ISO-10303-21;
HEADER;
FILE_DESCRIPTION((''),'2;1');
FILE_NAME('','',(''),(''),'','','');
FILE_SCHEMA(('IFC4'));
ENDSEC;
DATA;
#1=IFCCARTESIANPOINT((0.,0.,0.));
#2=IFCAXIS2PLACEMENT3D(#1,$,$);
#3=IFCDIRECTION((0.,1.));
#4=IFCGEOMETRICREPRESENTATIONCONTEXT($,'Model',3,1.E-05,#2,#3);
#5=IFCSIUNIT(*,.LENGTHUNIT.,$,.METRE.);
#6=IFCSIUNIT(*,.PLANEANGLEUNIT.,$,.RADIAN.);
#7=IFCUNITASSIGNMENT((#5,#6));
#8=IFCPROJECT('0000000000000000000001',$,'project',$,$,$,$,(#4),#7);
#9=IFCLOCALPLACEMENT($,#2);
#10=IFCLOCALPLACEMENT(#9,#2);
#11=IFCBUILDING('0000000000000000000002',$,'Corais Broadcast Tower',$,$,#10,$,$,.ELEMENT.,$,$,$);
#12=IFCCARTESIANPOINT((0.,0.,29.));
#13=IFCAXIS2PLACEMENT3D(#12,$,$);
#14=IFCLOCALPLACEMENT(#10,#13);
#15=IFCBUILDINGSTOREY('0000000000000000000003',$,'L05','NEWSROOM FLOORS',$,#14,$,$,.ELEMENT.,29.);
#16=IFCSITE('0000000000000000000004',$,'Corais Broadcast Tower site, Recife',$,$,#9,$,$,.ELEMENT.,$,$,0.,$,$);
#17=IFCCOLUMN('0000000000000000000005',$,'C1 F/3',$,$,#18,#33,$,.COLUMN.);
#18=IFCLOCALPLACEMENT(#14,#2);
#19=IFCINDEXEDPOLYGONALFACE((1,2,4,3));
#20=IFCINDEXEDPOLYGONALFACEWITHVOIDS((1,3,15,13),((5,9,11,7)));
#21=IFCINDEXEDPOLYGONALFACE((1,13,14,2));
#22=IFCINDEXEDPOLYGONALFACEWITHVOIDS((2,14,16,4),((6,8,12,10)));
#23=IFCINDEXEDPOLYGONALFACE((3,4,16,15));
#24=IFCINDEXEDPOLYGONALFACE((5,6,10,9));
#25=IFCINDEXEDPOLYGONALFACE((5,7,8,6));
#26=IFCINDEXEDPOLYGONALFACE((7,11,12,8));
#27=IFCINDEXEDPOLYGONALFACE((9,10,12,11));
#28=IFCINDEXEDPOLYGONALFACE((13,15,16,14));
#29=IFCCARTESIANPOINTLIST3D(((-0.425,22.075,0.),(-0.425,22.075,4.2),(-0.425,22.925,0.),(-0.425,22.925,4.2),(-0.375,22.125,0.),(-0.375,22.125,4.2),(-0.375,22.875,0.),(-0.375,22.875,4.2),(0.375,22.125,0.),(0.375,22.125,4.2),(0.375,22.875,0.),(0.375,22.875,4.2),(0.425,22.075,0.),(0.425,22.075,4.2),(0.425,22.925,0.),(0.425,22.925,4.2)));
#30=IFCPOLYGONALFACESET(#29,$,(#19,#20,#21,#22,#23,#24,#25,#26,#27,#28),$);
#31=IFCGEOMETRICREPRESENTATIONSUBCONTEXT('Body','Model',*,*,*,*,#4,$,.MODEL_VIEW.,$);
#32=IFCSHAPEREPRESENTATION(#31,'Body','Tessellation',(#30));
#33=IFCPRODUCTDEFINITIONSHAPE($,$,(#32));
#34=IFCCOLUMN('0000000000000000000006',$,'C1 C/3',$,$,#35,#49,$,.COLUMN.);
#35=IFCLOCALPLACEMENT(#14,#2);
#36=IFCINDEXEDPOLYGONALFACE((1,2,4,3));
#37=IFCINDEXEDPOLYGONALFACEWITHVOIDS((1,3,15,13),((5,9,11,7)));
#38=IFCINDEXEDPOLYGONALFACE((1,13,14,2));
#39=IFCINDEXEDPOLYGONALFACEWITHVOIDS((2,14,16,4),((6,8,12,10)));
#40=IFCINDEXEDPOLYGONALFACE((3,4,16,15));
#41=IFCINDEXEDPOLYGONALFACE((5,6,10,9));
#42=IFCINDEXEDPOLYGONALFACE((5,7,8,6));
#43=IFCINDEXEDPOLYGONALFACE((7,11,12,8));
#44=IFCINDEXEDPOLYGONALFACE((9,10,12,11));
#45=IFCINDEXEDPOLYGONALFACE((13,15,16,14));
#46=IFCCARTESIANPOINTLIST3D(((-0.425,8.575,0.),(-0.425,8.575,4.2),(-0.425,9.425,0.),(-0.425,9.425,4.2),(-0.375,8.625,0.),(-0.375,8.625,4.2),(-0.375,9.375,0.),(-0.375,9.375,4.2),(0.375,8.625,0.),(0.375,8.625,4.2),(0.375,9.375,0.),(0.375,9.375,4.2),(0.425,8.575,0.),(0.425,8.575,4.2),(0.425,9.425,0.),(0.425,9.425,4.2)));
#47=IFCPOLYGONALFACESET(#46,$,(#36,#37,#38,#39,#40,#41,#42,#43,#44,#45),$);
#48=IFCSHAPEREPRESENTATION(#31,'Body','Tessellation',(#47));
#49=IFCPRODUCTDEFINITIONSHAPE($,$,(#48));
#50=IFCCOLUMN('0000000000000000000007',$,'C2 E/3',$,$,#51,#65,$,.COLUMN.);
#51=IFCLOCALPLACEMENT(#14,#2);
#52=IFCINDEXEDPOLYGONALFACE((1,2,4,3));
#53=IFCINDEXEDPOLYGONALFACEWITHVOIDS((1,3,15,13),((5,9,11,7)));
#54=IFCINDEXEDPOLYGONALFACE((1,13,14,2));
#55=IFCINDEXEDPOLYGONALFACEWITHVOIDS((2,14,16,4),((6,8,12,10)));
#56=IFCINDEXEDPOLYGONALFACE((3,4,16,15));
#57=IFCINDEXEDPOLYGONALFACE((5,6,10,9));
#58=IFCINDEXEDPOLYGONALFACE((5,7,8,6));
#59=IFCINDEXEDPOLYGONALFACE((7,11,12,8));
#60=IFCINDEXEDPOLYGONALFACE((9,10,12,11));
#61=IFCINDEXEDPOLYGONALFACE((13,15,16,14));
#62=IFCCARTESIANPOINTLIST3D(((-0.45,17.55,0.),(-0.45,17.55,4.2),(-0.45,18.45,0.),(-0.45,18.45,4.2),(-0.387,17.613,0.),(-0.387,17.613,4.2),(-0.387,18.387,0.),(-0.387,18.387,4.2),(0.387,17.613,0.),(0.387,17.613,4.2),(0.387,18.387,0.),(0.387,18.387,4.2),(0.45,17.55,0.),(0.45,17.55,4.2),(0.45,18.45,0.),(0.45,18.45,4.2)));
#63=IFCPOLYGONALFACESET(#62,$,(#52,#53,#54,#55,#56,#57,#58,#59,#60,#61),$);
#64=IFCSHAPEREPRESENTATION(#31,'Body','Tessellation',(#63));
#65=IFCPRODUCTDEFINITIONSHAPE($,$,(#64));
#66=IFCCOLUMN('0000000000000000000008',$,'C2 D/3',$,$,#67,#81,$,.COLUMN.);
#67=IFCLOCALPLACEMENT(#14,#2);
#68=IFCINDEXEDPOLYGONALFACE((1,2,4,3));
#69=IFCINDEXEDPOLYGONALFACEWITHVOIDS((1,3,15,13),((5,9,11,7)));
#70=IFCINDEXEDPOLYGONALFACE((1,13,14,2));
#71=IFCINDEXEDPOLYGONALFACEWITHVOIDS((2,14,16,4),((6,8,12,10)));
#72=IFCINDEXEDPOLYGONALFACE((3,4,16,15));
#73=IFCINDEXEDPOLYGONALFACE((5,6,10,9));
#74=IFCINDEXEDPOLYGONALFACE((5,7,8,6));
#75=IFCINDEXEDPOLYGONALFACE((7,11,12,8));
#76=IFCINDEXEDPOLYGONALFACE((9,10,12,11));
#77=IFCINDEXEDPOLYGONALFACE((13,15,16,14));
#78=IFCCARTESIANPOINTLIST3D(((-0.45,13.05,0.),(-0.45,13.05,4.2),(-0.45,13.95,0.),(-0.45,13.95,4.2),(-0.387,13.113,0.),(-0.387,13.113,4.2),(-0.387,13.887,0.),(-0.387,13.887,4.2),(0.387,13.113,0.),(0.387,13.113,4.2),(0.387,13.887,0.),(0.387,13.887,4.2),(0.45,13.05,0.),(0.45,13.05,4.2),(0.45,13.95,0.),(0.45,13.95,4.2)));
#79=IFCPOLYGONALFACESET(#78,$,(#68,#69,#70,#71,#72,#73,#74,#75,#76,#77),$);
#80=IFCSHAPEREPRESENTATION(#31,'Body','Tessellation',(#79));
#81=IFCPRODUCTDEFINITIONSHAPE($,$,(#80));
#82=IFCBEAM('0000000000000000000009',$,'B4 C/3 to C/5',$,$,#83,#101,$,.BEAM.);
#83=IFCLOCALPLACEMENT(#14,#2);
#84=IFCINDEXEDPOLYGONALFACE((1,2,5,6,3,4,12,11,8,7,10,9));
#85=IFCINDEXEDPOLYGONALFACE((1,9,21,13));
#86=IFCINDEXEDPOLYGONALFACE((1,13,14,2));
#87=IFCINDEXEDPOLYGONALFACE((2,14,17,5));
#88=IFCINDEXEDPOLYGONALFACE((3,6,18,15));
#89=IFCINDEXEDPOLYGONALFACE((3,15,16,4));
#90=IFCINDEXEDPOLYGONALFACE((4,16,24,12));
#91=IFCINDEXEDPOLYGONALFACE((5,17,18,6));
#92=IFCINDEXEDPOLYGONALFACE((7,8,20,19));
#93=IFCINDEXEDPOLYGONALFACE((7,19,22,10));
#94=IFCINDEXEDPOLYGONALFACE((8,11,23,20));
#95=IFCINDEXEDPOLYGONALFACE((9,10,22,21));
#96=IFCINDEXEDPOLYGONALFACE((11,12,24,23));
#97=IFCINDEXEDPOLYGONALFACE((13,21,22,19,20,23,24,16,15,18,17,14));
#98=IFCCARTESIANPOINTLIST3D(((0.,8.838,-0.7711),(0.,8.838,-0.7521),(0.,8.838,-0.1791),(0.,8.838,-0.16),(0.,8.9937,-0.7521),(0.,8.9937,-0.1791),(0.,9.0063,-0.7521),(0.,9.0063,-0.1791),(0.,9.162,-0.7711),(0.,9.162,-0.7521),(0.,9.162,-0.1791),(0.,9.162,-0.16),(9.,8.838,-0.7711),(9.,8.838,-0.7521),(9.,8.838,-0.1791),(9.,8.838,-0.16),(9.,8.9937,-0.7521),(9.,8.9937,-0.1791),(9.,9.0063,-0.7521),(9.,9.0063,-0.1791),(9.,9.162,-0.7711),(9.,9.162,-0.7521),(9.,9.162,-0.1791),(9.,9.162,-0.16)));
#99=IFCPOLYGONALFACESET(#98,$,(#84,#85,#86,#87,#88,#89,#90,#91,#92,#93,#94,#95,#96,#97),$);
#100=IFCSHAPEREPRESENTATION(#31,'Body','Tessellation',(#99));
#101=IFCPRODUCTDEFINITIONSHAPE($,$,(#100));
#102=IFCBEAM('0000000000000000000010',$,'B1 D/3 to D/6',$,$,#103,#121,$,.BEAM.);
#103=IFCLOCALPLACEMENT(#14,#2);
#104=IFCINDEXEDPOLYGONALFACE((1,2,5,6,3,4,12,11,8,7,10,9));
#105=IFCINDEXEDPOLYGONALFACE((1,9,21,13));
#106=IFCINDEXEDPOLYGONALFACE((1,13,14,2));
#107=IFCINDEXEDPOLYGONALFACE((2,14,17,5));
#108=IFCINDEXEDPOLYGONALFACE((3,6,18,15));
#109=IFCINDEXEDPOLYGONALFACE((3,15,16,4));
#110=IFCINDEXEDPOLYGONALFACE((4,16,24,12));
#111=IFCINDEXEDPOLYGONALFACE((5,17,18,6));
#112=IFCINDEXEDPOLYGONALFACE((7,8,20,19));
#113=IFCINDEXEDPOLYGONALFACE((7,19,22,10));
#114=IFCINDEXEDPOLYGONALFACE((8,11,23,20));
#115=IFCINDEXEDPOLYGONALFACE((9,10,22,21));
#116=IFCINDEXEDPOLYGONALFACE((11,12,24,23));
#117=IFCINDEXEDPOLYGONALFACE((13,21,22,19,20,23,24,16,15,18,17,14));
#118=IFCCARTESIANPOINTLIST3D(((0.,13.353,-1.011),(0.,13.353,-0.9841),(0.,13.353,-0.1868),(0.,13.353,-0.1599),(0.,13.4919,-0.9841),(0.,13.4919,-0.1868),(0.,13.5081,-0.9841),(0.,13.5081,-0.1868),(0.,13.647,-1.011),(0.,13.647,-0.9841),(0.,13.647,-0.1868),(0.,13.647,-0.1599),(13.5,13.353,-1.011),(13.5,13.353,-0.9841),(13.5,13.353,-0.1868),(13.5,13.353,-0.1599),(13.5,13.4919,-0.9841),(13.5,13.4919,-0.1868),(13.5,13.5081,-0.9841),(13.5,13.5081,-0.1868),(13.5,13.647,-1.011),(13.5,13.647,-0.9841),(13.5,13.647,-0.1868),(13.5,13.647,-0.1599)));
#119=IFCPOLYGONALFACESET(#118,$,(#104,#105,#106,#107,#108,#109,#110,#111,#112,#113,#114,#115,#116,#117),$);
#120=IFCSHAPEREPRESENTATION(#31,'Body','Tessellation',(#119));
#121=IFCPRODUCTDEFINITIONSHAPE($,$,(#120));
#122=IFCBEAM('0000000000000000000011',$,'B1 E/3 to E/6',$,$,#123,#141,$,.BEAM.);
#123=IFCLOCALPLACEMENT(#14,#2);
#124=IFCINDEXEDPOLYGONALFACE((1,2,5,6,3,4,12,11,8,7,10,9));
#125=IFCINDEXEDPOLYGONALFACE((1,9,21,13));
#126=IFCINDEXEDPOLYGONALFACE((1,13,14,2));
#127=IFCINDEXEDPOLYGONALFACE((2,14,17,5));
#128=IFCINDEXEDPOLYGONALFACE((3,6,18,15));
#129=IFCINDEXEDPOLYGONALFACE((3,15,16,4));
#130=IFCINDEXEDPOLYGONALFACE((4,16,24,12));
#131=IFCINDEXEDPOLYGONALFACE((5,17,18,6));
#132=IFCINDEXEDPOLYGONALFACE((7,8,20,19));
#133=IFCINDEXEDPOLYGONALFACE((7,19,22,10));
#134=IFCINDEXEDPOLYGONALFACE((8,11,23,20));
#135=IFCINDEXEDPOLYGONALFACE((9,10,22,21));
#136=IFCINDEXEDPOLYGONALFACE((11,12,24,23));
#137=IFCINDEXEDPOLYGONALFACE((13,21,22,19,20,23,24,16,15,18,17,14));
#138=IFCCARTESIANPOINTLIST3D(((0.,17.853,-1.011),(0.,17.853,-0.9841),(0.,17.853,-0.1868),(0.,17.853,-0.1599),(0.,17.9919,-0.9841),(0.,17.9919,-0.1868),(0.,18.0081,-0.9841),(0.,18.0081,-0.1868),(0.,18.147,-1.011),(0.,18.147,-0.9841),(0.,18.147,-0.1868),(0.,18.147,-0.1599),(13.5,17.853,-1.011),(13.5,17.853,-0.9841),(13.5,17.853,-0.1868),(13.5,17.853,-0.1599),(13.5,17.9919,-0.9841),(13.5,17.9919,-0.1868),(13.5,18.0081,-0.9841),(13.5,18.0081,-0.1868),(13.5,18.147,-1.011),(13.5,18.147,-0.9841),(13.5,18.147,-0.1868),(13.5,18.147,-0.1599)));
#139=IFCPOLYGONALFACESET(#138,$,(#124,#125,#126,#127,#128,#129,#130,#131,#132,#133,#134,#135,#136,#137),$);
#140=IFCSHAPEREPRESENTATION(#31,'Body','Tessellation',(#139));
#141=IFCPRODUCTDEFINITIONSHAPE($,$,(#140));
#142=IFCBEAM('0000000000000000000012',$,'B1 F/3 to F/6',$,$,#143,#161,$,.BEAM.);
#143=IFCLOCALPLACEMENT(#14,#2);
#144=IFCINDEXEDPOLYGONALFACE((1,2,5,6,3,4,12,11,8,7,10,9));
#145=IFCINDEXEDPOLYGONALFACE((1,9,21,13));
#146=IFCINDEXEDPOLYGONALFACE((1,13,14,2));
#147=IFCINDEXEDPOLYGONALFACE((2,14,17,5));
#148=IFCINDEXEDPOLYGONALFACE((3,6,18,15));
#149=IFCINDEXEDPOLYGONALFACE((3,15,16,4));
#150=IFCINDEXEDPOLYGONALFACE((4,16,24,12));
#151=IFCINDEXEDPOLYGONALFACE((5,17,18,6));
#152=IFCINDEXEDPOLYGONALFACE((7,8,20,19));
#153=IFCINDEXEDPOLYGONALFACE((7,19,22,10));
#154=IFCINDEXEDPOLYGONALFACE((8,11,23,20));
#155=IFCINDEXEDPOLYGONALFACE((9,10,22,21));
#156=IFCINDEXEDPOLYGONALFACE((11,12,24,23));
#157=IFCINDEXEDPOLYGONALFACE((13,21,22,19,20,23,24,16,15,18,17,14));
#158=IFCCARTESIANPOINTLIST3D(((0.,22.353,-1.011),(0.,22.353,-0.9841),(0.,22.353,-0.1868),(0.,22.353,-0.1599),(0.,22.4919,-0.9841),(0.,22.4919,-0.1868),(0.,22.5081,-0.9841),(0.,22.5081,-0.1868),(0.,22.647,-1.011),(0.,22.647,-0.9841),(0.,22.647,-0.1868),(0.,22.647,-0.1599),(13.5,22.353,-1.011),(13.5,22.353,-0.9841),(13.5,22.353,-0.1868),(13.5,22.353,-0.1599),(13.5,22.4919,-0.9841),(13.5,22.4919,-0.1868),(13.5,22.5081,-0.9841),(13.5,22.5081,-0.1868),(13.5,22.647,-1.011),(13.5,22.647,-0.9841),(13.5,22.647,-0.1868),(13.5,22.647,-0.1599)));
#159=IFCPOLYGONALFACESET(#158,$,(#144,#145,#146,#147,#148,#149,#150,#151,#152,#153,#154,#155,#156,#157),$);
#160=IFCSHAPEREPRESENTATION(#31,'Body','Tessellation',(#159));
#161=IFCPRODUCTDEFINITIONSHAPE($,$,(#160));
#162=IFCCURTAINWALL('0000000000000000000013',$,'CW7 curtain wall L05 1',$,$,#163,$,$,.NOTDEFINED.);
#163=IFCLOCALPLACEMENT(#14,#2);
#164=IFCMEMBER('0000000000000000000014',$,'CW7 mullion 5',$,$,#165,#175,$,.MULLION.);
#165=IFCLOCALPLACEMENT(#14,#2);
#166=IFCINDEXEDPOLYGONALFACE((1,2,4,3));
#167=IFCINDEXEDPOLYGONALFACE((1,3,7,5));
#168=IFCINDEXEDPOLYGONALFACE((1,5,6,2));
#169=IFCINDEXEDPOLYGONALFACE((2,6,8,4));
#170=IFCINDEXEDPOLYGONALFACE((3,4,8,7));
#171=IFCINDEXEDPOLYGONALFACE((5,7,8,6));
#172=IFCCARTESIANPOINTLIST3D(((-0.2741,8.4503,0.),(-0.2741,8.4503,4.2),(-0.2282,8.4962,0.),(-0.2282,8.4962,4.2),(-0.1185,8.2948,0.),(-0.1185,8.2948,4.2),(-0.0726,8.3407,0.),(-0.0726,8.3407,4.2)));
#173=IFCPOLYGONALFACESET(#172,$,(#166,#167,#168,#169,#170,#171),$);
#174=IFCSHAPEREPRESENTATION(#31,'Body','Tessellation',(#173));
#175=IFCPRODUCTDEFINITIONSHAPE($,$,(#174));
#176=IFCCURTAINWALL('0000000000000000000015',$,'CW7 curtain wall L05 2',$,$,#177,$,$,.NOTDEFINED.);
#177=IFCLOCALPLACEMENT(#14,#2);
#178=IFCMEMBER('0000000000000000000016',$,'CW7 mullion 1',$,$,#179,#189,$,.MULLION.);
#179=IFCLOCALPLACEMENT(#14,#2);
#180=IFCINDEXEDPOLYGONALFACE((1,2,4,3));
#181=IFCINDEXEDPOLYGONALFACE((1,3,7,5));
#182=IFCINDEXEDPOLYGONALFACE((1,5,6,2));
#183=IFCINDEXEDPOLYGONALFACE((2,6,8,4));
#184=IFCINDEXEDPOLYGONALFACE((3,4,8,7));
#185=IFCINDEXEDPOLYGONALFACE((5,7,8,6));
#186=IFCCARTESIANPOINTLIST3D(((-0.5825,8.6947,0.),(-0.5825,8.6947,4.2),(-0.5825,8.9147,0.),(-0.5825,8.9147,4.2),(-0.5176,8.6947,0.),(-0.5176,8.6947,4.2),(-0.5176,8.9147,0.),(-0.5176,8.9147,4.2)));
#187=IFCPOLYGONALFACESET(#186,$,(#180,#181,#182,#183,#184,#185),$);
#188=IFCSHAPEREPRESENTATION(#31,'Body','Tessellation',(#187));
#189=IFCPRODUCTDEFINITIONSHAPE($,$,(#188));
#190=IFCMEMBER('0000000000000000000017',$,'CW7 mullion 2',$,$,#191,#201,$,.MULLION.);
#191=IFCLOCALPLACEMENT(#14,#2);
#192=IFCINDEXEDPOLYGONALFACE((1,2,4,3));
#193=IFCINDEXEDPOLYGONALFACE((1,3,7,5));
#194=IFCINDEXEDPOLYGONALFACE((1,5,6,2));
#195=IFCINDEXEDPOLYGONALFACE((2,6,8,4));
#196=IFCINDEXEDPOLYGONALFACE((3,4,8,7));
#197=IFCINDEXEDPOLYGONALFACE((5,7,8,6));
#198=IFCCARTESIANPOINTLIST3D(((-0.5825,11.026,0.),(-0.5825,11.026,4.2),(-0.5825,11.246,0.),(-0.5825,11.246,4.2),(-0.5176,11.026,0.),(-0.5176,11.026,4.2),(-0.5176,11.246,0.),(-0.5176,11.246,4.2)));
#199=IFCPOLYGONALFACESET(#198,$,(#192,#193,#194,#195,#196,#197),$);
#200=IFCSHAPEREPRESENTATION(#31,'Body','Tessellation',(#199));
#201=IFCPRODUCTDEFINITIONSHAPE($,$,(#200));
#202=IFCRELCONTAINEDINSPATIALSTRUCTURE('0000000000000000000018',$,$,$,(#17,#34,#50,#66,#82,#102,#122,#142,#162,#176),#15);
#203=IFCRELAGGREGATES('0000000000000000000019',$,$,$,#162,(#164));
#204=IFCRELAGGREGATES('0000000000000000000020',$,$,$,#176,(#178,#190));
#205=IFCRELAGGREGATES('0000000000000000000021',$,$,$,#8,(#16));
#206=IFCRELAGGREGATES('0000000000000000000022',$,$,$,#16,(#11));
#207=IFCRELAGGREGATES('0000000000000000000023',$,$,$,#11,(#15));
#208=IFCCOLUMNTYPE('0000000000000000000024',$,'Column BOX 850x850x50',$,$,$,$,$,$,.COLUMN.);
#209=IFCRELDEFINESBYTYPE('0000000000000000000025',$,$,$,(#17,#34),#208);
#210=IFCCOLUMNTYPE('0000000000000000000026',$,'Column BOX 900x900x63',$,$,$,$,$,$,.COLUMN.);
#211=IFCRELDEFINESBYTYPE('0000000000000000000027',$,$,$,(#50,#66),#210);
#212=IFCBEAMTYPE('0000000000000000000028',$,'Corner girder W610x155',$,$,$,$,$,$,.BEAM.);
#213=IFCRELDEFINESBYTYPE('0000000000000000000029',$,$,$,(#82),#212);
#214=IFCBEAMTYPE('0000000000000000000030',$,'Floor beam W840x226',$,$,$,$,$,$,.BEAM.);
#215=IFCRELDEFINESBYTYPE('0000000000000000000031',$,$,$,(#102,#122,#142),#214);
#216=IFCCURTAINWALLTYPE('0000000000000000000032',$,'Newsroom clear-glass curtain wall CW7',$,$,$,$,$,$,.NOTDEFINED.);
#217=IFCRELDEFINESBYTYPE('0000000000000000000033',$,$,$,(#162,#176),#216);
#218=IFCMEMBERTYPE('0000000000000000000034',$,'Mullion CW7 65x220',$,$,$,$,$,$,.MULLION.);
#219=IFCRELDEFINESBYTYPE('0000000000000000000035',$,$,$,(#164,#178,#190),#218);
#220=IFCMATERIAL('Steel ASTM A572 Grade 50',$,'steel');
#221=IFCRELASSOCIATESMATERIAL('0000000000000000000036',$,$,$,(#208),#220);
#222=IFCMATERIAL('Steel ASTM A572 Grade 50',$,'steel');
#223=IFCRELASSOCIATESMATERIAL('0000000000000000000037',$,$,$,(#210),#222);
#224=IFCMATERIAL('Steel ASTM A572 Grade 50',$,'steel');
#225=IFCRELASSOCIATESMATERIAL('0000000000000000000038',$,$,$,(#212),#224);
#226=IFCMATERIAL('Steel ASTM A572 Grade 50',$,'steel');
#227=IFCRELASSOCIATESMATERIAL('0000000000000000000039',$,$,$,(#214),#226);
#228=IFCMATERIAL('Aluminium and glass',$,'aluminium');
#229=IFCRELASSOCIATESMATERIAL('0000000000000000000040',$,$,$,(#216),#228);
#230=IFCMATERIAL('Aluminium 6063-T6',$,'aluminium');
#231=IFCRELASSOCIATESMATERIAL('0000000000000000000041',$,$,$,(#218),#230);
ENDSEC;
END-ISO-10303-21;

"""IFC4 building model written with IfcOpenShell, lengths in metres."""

from ifc_helpers import new_model, si_unit, direction, frame, origin, origin_2d, place, context, subcontext, project, spatial, rectangle, hollow_rectangle, i_section, extrude, material, material_profile, profile_set, type_object, element, aggregate, save


model = new_model("IFC4")

# Units and contexts
model_context = context("Model", 3, precision=1e-05, world=origin(), true_north=direction((0.0, 1.0)))
body_context = subcontext(model_context, "Body", "Model", "MODEL_VIEW")
ifc_project = project(units=[si_unit("LENGTHUNIT", "METRE"), si_unit("PLANEANGLEUNIT", "RADIAN")], contexts=[model_context])

# Site, building, storey
site_placement = place(None, origin())
site = spatial("IfcSite", under=ifc_project, at=site_placement, Name="Corais Broadcast Tower site, Recife", CompositionType="ELEMENT", RefElevation=0.0)
building_placement = place(site_placement, origin())
building = spatial("IfcBuilding", under=site, at=building_placement, Name="Corais Broadcast Tower", CompositionType="ELEMENT")
storey_placement = place(building_placement, frame((0.0, 0.0, 29.0)))
storey = spatial("IfcBuildingStorey", under=building, at=storey_placement, Name="L05", Description="NEWSROOM FLOORS", CompositionType="ELEMENT", Elevation=29.0)

# Columns
ifc_material_1 = material(Name="Steel ASTM A572 Grade 50", Category="steel")
ifc_material_profile_1 = material_profile(ifc_material_1, hollow_rectangle(XDim=0.8501, YDim=0.8501, WallThickness=0.05, at=origin_2d()), Name="BOX 850x850x50")
ifc_profile_set_1 = profile_set([ifc_material_profile_1], Name="Steel ASTM A572 Grade 50")
column_type_1 = type_object("IfcColumnType", Name="Column BOX 850x850x50", PredefinedType="COLUMN", material=ifc_profile_set_1)
for number, where, z_axis, x_axis, name in (
    (1, (0.0, 22.5, 0.0), (0.0, 0.0, 1.0), (1.0, 0.0, 0.0), "C1 F/3"),
    (2, (0.0, 9.0, 0.0), (0.0, 0.0, 1.0), (1.0, 0.0, 0.0), "C1 C/3"),
):
    element("IfcColumn", number, at=place(storey_placement, frame(where, z_axis=z_axis, x_axis=x_axis)), inside=storey, type_object=column_type_1, Name=name, PredefinedType="COLUMN", context=body_context, shape_type="SweptSolid", body=[
        extrude(hollow_rectangle(XDim=0.8501, YDim=0.8501, WallThickness=0.05, at=origin_2d()), origin(), (0.0, 0.0, 1.0), 4.2),
    ])
ifc_material_2 = material(Name="Steel ASTM A572 Grade 50", Category="steel")
ifc_material_profile_2 = material_profile(ifc_material_2, hollow_rectangle(XDim=0.8999, YDim=0.8999, WallThickness=0.063, at=origin_2d()), Name="BOX 900x900x63")
ifc_profile_set_2 = profile_set([ifc_material_profile_2], Name="Steel ASTM A572 Grade 50")
column_type_2 = type_object("IfcColumnType", Name="Column BOX 900x900x63", PredefinedType="COLUMN", material=ifc_profile_set_2)
for number, where, z_axis, x_axis, name in (
    (3, (0.0, 18.0, 0.0), (0.0, 0.0, 1.0), (1.0, 0.0, 0.0), "C2 E/3"),
    (4, (0.0, 13.5, 0.0), (0.0, 0.0, 1.0), (1.0, 0.0, 0.0), "C2 D/3"),
):
    element("IfcColumn", number, at=place(storey_placement, frame(where, z_axis=z_axis, x_axis=x_axis)), inside=storey, type_object=column_type_2, Name=name, PredefinedType="COLUMN", context=body_context, shape_type="SweptSolid", body=[
        extrude(hollow_rectangle(XDim=0.8999, YDim=0.8999, WallThickness=0.063, at=origin_2d()), origin(), (0.0, 0.0, 1.0), 4.2),
    ])

# Beams
ifc_material_3 = material(Name="Steel ASTM A572 Grade 50", Category="steel")
ifc_material_profile_3 = material_profile(ifc_material_3, i_section(OverallWidth=0.324, OverallDepth=0.6111, WebThickness=0.0127, FlangeThickness=0.019, at=origin_2d()), Name="W610x155")
ifc_profile_set_3 = profile_set([ifc_material_profile_3], Name="Steel ASTM A572 Grade 50")
beam_type_1 = type_object("IfcBeamType", Name="Corner girder W610x155", PredefinedType="BEAM", material=ifc_profile_set_3)
beam_1_placement = place(storey_placement, frame((0.0, 9.0, -0.4656), z_axis=(1.0, 0.0, 0.0), x_axis=(0.0, 1.0, 0.0)))
element("IfcBeam", 5, at=beam_1_placement, inside=storey, type_object=beam_type_1, Name="B4 C/3 to C/5", PredefinedType="BEAM", context=body_context, shape_type="SweptSolid", body=[
    extrude(i_section(OverallWidth=0.324, OverallDepth=0.6111, WebThickness=0.0127, FlangeThickness=0.019, at=origin_2d()), origin(), (0.0, 0.0, 1.0), 9.0),
])
ifc_material_4 = material(Name="Steel ASTM A572 Grade 50", Category="steel")
ifc_material_profile_4 = material_profile(ifc_material_4, i_section(OverallWidth=0.2939, OverallDepth=0.8511, WebThickness=0.0161, FlangeThickness=0.0269, at=origin_2d()), Name="W840x226")
ifc_profile_set_4 = profile_set([ifc_material_profile_4], Name="Steel ASTM A572 Grade 50")
beam_type_2 = type_object("IfcBeamType", Name="Floor beam W840x226", PredefinedType="BEAM", material=ifc_profile_set_4)
for number, where, z_axis, x_axis, name in (
    (6, (0.0, 13.5, -0.5854), (1.0, 0.0, 0.0), (0.0, 1.0, 0.0), "B1 D/3 to D/6"),
    (7, (0.0, 18.0, -0.5854), (1.0, 0.0, 0.0), (0.0, 1.0, 0.0), "B1 E/3 to E/6"),
    (8, (0.0, 22.5, -0.5854), (1.0, 0.0, 0.0), (0.0, 1.0, 0.0), "B1 F/3 to F/6"),
):
    element("IfcBeam", number, at=place(storey_placement, frame(where, z_axis=z_axis, x_axis=x_axis)), inside=storey, type_object=beam_type_2, Name=name, PredefinedType="BEAM", context=body_context, shape_type="SweptSolid", body=[
        extrude(i_section(OverallWidth=0.2939, OverallDepth=0.8511, WebThickness=0.0161, FlangeThickness=0.0269, at=origin_2d()), origin(), (0.0, 0.0, 1.0), 13.5),
    ])

# Curtain wall, member
ifc_material_5 = material(Name="Aluminium and glass", Category="aluminium")
curtain_wall_type = type_object("IfcCurtainWallType", Name="Newsroom clear-glass curtain wall CW7", PredefinedType="NOTDEFINED", material=ifc_material_5)
curtain_wall_1_placement = place(storey_placement, origin())
curtain_wall_1 = element("IfcCurtainWall", 9, at=curtain_wall_1_placement, inside=storey, type_object=curtain_wall_type, Name="CW7 curtain wall L05 1", PredefinedType="NOTDEFINED")
ifc_material_6 = material(Name="Aluminium 6063-T6", Category="aluminium")
ifc_material_profile_5 = material_profile(ifc_material_6, rectangle(XDim=0.0649, YDim=0.22, at=origin_2d()), Name="Mullion CW7 65x220")
ifc_profile_set_5 = profile_set([ifc_material_profile_5], Name="Aluminium 6063-T6")
member_type_1 = type_object("IfcMemberType", Name="Mullion CW7 65x220", PredefinedType="MULLION", material=ifc_profile_set_5)
member_1_placement = place(storey_placement, frame((-0.1733, 8.3955, 0.0), z_axis=(0.0, 0.0, 1.0), x_axis=(-0.707107, -0.707107, 0.0)))
member_1 = element("IfcMember", 10, at=member_1_placement, type_object=member_type_1, Name="CW7 mullion 5", PredefinedType="MULLION", context=body_context, shape_type="SweptSolid", body=[
    extrude(rectangle(XDim=0.0649, YDim=0.22, at=origin_2d()), origin(), (0.0, 0.0, 1.0), 4.2),
])
aggregate(curtain_wall_1, [member_1])

# Curtain wall, members
curtain_wall_2_placement = place(storey_placement, origin())
curtain_wall_2 = element("IfcCurtainWall", 11, at=curtain_wall_2_placement, inside=storey, type_object=curtain_wall_type, Name="CW7 curtain wall L05 2", PredefinedType="NOTDEFINED")
member_2_placement = place(storey_placement, frame((-0.55, 8.8047, 0.0), z_axis=(0.0, 0.0, 1.0), x_axis=(-1.0, 0.0, 0.0)))
member_2 = element("IfcMember", 12, at=member_2_placement, type_object=member_type_1, Name="CW7 mullion 1", PredefinedType="MULLION", context=body_context, shape_type="SweptSolid", body=[
    extrude(rectangle(XDim=0.0649, YDim=0.22, at=origin_2d()), origin(), (0.0, 0.0, 1.0), 4.2),
])
member_3_placement = place(storey_placement, frame((-0.55, 11.136, 0.0), z_axis=(0.0, 0.0, 1.0), x_axis=(-1.0, 0.0, 0.0)))
member_3 = element("IfcMember", 13, at=member_3_placement, type_object=member_type_1, Name="CW7 mullion 2", PredefinedType="MULLION", context=body_context, shape_type="SweptSolid", body=[
    extrude(rectangle(XDim=0.0649, YDim=0.22, at=origin_2d()), origin(), (0.0, 0.0, 1.0), 4.2),
])

aggregate(curtain_wall_2, [member_2, member_3])

save(model, "model.ifc")
